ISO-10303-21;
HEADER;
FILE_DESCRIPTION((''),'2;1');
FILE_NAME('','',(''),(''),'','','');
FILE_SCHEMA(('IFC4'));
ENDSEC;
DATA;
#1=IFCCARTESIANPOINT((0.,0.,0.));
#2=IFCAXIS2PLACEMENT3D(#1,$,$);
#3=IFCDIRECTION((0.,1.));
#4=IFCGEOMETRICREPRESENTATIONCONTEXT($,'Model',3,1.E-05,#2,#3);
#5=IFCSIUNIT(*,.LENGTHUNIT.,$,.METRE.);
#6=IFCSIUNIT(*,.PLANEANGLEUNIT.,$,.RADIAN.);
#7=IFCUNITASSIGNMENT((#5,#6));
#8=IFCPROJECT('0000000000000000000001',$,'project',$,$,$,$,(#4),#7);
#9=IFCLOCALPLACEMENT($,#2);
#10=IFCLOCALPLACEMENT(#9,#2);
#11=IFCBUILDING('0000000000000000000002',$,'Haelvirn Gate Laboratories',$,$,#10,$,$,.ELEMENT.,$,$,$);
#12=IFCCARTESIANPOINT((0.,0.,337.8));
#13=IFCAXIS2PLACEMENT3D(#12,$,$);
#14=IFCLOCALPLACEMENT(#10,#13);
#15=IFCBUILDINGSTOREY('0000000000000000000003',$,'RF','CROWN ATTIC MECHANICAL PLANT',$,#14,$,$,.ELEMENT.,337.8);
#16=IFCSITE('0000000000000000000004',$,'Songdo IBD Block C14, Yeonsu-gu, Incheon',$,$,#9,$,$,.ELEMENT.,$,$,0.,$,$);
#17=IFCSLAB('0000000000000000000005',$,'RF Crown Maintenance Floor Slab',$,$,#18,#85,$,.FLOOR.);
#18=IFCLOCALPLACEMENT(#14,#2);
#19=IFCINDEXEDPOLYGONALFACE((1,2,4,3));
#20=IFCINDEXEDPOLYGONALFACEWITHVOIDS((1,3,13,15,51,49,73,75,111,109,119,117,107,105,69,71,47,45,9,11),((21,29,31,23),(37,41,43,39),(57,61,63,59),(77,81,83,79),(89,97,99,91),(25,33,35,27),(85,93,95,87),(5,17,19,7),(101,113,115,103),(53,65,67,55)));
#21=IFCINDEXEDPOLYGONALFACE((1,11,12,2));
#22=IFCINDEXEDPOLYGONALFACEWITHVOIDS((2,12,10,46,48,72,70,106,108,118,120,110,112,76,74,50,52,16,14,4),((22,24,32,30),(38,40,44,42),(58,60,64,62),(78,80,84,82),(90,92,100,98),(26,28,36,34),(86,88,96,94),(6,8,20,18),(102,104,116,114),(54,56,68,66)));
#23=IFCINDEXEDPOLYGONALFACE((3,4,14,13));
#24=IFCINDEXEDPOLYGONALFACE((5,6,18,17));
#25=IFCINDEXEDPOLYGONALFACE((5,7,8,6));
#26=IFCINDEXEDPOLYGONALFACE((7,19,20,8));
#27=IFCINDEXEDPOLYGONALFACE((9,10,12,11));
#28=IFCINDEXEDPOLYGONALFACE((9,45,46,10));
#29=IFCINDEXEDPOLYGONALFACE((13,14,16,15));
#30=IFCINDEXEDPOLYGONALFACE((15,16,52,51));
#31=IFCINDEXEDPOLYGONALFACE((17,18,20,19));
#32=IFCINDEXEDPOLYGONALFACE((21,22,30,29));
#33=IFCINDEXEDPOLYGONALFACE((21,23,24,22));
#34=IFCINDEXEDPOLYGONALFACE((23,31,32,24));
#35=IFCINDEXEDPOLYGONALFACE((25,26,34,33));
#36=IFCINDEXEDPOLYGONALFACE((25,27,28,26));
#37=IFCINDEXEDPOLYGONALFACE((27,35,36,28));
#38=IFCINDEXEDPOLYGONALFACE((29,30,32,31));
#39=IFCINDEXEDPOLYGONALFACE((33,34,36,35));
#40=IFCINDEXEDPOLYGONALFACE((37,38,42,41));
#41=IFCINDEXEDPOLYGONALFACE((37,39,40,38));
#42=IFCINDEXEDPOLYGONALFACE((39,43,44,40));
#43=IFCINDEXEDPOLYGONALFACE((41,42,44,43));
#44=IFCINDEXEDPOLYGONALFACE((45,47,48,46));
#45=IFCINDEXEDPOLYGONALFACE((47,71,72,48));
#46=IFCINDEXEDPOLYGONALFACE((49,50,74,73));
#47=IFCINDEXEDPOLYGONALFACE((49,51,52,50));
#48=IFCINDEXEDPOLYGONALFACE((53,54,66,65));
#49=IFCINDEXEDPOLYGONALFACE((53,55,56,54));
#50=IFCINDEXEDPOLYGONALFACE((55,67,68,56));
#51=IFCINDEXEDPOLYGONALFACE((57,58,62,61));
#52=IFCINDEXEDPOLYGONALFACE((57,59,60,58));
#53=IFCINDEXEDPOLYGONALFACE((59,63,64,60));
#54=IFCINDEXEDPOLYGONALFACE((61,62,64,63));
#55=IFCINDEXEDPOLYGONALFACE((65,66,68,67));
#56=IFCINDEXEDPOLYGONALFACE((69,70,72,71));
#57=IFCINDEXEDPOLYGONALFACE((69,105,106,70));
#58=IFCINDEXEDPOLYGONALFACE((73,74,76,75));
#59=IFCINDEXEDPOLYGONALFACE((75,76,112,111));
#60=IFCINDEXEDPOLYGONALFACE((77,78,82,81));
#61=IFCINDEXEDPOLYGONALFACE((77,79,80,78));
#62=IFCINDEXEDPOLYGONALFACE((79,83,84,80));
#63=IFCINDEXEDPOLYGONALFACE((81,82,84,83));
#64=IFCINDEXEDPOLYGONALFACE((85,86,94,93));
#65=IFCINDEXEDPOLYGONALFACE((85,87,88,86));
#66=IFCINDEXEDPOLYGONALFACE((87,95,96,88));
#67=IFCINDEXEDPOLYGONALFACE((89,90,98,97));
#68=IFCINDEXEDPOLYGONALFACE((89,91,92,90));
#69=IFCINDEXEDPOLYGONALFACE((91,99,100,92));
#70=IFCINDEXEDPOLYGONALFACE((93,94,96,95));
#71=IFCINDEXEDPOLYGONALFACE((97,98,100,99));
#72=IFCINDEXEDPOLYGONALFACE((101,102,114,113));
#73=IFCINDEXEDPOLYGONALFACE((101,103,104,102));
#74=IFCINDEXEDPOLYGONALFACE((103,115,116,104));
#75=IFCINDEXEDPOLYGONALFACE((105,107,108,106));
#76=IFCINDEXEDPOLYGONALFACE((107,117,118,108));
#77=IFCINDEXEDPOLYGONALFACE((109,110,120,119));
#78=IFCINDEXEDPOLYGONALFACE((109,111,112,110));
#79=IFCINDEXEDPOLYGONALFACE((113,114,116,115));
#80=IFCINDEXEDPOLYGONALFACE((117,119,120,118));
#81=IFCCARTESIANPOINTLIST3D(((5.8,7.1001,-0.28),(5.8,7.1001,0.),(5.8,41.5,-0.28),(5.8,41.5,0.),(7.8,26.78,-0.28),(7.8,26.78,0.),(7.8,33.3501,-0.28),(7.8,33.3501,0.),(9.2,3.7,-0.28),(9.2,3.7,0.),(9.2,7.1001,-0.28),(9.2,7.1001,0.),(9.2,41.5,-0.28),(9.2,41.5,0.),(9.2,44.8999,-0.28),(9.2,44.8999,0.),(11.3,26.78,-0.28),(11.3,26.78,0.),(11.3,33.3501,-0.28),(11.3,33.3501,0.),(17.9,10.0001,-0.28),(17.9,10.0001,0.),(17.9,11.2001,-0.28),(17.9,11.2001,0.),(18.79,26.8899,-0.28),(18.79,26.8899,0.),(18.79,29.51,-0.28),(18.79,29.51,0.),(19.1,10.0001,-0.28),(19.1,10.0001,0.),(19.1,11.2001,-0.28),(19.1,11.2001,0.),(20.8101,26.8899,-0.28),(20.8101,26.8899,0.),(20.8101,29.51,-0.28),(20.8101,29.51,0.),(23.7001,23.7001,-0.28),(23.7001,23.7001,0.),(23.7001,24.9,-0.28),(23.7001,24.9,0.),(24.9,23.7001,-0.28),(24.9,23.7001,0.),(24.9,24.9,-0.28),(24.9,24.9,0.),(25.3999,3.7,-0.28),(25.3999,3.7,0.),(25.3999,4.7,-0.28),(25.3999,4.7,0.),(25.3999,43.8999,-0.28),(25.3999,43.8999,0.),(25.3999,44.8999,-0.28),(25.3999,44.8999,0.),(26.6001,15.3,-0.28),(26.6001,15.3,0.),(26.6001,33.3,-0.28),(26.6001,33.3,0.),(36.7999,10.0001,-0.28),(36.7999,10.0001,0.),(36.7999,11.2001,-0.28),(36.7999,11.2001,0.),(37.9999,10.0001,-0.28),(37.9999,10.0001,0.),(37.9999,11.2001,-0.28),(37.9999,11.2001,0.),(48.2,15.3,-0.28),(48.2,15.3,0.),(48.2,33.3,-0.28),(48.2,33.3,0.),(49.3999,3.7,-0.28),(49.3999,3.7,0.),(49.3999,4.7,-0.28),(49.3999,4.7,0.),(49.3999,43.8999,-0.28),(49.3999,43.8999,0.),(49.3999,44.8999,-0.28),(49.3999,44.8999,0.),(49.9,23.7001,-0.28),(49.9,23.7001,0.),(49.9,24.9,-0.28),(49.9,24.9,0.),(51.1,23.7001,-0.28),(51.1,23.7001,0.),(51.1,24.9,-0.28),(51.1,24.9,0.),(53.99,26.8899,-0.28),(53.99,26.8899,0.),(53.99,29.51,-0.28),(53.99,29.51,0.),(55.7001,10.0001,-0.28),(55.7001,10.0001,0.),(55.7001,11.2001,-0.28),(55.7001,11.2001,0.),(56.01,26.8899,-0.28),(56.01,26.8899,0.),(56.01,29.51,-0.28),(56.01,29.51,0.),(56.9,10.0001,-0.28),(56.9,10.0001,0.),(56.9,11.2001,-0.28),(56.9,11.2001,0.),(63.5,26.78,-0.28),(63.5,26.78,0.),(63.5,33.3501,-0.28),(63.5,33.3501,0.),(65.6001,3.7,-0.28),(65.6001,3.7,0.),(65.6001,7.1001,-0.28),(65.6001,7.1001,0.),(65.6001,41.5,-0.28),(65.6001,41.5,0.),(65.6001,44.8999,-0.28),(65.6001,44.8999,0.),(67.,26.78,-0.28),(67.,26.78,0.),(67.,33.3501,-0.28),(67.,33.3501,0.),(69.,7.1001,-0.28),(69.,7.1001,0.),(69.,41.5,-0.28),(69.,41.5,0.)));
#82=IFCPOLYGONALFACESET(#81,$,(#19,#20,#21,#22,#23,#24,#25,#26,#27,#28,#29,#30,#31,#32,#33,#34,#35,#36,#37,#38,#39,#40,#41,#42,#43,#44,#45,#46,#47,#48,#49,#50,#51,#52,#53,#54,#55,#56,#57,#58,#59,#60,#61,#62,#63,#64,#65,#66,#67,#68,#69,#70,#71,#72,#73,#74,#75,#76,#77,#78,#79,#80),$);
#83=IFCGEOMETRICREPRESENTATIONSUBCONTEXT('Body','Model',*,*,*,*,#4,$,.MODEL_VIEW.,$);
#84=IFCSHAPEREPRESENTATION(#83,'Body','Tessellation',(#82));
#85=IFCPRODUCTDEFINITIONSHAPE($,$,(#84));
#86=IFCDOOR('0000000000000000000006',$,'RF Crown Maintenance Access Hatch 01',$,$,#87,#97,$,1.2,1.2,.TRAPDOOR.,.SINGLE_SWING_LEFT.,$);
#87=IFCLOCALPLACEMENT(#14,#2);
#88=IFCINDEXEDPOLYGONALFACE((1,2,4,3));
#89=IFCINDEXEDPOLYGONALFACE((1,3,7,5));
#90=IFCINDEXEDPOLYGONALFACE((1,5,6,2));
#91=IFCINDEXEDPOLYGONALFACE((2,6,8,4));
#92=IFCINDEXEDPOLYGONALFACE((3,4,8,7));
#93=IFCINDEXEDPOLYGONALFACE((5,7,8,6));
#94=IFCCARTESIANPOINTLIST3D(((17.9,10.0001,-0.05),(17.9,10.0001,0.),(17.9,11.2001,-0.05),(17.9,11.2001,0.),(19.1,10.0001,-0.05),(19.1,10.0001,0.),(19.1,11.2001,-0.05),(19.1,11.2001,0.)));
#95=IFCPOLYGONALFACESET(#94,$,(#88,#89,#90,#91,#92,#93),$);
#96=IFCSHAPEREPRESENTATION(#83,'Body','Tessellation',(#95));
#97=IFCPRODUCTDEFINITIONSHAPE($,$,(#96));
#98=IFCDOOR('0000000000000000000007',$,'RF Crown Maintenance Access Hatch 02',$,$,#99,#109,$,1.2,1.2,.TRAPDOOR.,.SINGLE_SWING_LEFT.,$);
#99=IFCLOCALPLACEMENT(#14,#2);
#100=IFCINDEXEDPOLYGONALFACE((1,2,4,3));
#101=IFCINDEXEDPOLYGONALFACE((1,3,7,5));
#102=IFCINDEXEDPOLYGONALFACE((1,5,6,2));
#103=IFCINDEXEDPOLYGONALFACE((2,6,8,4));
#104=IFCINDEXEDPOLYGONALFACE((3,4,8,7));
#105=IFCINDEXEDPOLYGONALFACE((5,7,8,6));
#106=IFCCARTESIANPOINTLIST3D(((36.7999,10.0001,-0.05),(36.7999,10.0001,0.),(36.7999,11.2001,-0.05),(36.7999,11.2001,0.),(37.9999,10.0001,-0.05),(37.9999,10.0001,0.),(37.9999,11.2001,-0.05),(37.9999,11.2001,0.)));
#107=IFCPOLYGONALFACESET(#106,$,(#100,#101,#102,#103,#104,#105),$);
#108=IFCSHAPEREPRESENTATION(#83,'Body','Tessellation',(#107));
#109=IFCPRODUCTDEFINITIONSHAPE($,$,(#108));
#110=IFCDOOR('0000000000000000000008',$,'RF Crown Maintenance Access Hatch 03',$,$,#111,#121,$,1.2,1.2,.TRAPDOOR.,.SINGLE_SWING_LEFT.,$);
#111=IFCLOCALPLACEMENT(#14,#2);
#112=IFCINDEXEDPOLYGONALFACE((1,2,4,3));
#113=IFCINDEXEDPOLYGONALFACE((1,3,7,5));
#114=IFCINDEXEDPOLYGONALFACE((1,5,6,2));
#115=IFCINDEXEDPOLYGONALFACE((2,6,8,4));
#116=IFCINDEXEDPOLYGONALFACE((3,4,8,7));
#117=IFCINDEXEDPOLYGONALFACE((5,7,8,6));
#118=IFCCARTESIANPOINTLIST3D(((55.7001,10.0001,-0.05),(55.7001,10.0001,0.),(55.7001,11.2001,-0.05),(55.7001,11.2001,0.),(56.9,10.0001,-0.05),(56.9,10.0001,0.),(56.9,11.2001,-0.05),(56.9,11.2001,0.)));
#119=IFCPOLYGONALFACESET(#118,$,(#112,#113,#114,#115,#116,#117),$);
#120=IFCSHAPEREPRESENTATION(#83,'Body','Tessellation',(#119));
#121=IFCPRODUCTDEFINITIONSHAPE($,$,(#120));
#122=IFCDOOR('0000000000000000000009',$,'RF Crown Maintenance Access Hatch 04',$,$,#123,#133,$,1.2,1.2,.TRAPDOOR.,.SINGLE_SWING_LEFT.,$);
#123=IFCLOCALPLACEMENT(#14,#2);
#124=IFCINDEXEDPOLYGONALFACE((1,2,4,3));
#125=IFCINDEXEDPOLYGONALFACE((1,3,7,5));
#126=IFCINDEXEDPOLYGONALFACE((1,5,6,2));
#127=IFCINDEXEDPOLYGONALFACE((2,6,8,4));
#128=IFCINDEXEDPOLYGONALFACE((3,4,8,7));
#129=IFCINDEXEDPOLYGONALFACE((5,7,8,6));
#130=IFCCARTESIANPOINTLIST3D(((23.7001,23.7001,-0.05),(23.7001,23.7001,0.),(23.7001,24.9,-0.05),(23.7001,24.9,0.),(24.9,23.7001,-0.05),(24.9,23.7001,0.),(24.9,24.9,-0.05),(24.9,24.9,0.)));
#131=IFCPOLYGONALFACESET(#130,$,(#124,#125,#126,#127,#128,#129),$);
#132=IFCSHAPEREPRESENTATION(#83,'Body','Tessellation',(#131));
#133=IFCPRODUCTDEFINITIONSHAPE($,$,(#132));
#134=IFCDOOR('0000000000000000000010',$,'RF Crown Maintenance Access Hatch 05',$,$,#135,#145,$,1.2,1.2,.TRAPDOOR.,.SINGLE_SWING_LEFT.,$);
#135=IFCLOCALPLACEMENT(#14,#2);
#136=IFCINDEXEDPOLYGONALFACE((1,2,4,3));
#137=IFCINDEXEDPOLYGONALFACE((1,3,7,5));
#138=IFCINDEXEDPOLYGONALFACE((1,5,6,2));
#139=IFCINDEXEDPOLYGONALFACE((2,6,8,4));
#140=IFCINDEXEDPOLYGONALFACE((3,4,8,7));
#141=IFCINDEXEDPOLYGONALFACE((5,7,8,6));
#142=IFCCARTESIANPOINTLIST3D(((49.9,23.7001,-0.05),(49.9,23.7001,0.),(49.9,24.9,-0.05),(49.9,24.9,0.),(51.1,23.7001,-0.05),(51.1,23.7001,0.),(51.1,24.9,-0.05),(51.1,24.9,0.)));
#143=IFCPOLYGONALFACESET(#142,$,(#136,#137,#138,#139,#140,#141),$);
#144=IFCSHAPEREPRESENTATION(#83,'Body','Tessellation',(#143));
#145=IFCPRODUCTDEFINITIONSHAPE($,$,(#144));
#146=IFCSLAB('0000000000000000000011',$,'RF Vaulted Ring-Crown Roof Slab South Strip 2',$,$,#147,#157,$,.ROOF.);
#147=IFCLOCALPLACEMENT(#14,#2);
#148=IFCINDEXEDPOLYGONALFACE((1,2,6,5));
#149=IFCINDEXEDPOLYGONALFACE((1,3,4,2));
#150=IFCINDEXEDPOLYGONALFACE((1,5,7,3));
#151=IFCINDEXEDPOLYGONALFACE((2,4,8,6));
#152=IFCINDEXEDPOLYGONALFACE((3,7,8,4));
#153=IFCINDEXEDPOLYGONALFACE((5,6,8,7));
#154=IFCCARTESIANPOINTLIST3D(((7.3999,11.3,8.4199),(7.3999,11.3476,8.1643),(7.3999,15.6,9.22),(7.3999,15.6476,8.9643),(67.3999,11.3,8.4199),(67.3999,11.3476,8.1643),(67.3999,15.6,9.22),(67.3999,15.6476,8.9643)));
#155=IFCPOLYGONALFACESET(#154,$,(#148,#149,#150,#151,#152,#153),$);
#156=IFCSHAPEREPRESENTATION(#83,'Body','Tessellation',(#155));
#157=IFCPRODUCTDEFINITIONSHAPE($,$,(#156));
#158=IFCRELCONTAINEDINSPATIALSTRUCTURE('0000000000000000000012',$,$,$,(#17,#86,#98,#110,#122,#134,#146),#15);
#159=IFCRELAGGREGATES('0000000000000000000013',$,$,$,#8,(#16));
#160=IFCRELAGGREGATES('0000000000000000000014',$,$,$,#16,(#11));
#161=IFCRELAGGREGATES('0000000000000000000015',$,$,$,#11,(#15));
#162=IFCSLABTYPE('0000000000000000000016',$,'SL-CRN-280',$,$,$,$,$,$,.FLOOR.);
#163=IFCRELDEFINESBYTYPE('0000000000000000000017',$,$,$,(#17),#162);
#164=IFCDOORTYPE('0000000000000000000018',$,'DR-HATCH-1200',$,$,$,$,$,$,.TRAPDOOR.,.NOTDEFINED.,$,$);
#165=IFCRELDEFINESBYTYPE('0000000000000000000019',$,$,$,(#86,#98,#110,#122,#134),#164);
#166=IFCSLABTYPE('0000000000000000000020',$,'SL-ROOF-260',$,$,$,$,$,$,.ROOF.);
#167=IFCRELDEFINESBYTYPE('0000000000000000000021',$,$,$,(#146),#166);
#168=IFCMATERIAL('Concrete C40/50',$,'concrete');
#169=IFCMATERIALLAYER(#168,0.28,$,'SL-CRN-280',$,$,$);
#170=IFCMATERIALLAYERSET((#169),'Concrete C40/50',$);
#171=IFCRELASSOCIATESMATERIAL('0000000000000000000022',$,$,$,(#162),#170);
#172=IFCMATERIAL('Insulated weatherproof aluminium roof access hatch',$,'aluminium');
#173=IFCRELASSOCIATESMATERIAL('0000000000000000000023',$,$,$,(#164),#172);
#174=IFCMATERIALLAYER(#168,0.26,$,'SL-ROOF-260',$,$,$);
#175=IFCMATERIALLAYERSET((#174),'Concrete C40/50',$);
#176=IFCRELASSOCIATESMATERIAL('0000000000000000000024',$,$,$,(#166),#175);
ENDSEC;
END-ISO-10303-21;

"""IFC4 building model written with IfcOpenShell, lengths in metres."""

from ifc_helpers import new_model, si_unit, direction, frame, origin, origin_2d, place, context, subcontext, project, spatial, polyline, rectangle, outline, extrude, material, layer, layer_set, type_object, element, fill, save


model = new_model("IFC4")

# Units and contexts
model_context = context("Model", 3, precision=1e-05, world=origin(), true_north=direction((0.0, 1.0)))
body_context = subcontext(model_context, "Body", "Model", "MODEL_VIEW")
ifc_project = project(units=[si_unit("LENGTHUNIT", "METRE"), si_unit("PLANEANGLEUNIT", "RADIAN")], contexts=[model_context])

# Site, building, storey
site_placement = place(None, origin())
site = spatial("IfcSite", under=ifc_project, at=site_placement, Name="Songdo IBD Block C14, Yeonsu-gu, Incheon", CompositionType="ELEMENT", RefElevation=0.0)
building_placement = place(site_placement, origin())
building = spatial("IfcBuilding", under=site, at=building_placement, Name="Haelvirn Gate Laboratories", CompositionType="ELEMENT")
storey_placement = place(building_placement, frame((0.0, 0.0, 337.8)))
storey = spatial("IfcBuildingStorey", under=building, at=storey_placement, Name="RF", Description="CROWN ATTIC MECHANICAL PLANT", CompositionType="ELEMENT", Elevation=337.8)

# Slab, openings, doors
ifc_material_1 = material(Name="Concrete C40/50", Category="concrete")
ifc_layer_1 = layer(ifc_material_1, 0.28, Name="SL-CRN-280")
ifc_layer_set_1 = layer_set([ifc_layer_1], Name="Concrete C40/50")
slab_type_1 = type_object("IfcSlabType", Name="SL-CRN-280", PredefinedType="FLOOR", material=ifc_layer_set_1)
slab_1_placement = place(storey_placement, frame((0.0, 0.0, -0.28)))
slab_1 = element("IfcSlab", 1, at=slab_1_placement, inside=storey, type_object=slab_type_1, Name="RF Crown Maintenance Floor Slab", PredefinedType="FLOOR", context=body_context, shape_type="SweptSolid", body=[
    extrude(outline(polyline([(9.2, 3.7), (25.3999, 3.7), (25.3999, 4.7), (49.3999, 4.7), (49.3999, 3.7), (65.6001, 3.7), (65.6001, 7.1001), (69.0, 7.1001), (69.0, 41.5), (65.6001, 41.5), (65.6001, 44.8999), (49.3999, 44.8999), (49.3999, 43.8999), (25.3999, 43.8999), (25.3999, 44.8999), (9.2, 44.8999), (9.2, 41.5), (5.8, 41.5), (5.8, 7.1001), (9.2, 7.1001), (9.2, 3.7)]), holes=[polyline([(26.6001, 15.3), (48.2, 15.3), (48.2, 33.3), (26.6001, 33.3), (26.6001, 15.3)]), polyline([(11.3, 26.78), (11.3, 33.3501), (7.8, 33.3501), (7.8, 26.78), (11.3, 26.78)]), polyline([(67.0, 26.78), (67.0, 33.3501), (63.5, 33.3501), (63.5, 26.78), (67.0, 26.78)]), polyline([(18.79, 26.8899), (20.8101, 26.8899), (20.8101, 29.51), (18.79, 29.51), (18.79, 26.8899)]), polyline([(53.99, 26.8899), (56.01, 26.8899), (56.01, 29.51), (53.99, 29.51), (53.99, 26.8899)])]), origin(), (0.0, 0.0, 1.0), 0.28),
])
opening_1_placement = place(slab_1_placement, frame((18.5, 10.6001, -0.01)))
opening_1 = element("IfcOpeningElement", 2, at=opening_1_placement, cuts=slab_1, PredefinedType="OPENING", context=body_context, shape_type="SweptSolid", body=[
    extrude(rectangle(XDim=1.2, YDim=1.2, at=origin_2d()), origin(), (0.0, 0.0, 1.0), 0.3),
])
opening_2_placement = place(slab_1_placement, frame((37.3999, 10.6001, -0.01)))
opening_2 = element("IfcOpeningElement", 3, at=opening_2_placement, cuts=slab_1, PredefinedType="OPENING", context=body_context, shape_type="SweptSolid", body=[
    extrude(rectangle(XDim=1.2, YDim=1.2, at=origin_2d()), origin(), (0.0, 0.0, 1.0), 0.3),
])
opening_3_placement = place(slab_1_placement, frame((56.3, 10.6001, -0.01)))
opening_3 = element("IfcOpeningElement", 4, at=opening_3_placement, cuts=slab_1, PredefinedType="OPENING", context=body_context, shape_type="SweptSolid", body=[
    extrude(rectangle(XDim=1.2, YDim=1.2, at=origin_2d()), origin(), (0.0, 0.0, 1.0), 0.3),
])
opening_4_placement = place(slab_1_placement, frame((24.3, 24.3, -0.01)))
opening_4 = element("IfcOpeningElement", 5, at=opening_4_placement, cuts=slab_1, PredefinedType="OPENING", context=body_context, shape_type="SweptSolid", body=[
    extrude(rectangle(XDim=1.2, YDim=1.2, at=origin_2d()), origin(), (0.0, 0.0, 1.0), 0.3),
])
opening_5_placement = place(slab_1_placement, frame((50.5, 24.3, -0.01)))
opening_5 = element("IfcOpeningElement", 6, at=opening_5_placement, cuts=slab_1, PredefinedType="OPENING", context=body_context, shape_type="SweptSolid", body=[
    extrude(rectangle(XDim=1.2, YDim=1.2, at=origin_2d()), origin(), (0.0, 0.0, 1.0), 0.3),
])
ifc_material_2 = material(Name="Insulated weatherproof aluminium roof access hatch", Category="aluminium")
door_type = type_object("IfcDoorType", Name="DR-HATCH-1200", OperationType="NOTDEFINED", PredefinedType="TRAPDOOR", material=ifc_material_2)
door_1_placement = place(slab_1_placement, frame((18.5, 10.6001, 0.23)))
door_1 = element("IfcDoor", 7, at=door_1_placement, inside=storey, type_object=door_type, Name="RF Crown Maintenance Access Hatch 01", OperationType="SINGLE_SWING_LEFT", OverallHeight=1.2, OverallWidth=1.2, PredefinedType="TRAPDOOR", context=body_context, shape_type="SweptSolid", body=[
    extrude(rectangle(XDim=1.2, YDim=1.2, at=origin_2d()), origin(), (0.0, 0.0, 1.0), 0.05),
])
fill(opening_1, door_1)
door_2_placement = place(slab_1_placement, frame((37.3999, 10.6001, 0.23)))
door_2 = element("IfcDoor", 8, at=door_2_placement, inside=storey, type_object=door_type, Name="RF Crown Maintenance Access Hatch 02", OperationType="SINGLE_SWING_LEFT", OverallHeight=1.2, OverallWidth=1.2, PredefinedType="TRAPDOOR", context=body_context, shape_type="SweptSolid", body=[
    extrude(rectangle(XDim=1.2, YDim=1.2, at=origin_2d()), origin(), (0.0, 0.0, 1.0), 0.05),
])
fill(opening_2, door_2)
door_3_placement = place(slab_1_placement, frame((56.3, 10.6001, 0.23)))
door_3 = element("IfcDoor", 9, at=door_3_placement, inside=storey, type_object=door_type, Name="RF Crown Maintenance Access Hatch 03", OperationType="SINGLE_SWING_LEFT", OverallHeight=1.2, OverallWidth=1.2, PredefinedType="TRAPDOOR", context=body_context, shape_type="SweptSolid", body=[
    extrude(rectangle(XDim=1.2, YDim=1.2, at=origin_2d()), origin(), (0.0, 0.0, 1.0), 0.05),
])
fill(opening_3, door_3)
door_4_placement = place(slab_1_placement, frame((24.3, 24.3, 0.23)))
door_4 = element("IfcDoor", 10, at=door_4_placement, inside=storey, type_object=door_type, Name="RF Crown Maintenance Access Hatch 04", OperationType="SINGLE_SWING_LEFT", OverallHeight=1.2, OverallWidth=1.2, PredefinedType="TRAPDOOR", context=body_context, shape_type="SweptSolid", body=[
    extrude(rectangle(XDim=1.2, YDim=1.2, at=origin_2d()), origin(), (0.0, 0.0, 1.0), 0.05),
])
fill(opening_4, door_4)
door_5_placement = place(slab_1_placement, frame((50.5, 24.3, 0.23)))
door_5 = element("IfcDoor", 11, at=door_5_placement, inside=storey, type_object=door_type, Name="RF Crown Maintenance Access Hatch 05", OperationType="SINGLE_SWING_LEFT", OverallHeight=1.2, OverallWidth=1.2, PredefinedType="TRAPDOOR", context=body_context, shape_type="SweptSolid", body=[
    extrude(rectangle(XDim=1.2, YDim=1.2, at=origin_2d()), origin(), (0.0, 0.0, 1.0), 0.05),
])
fill(opening_5, door_5)

# Slab
ifc_layer_2 = layer(ifc_material_1, 0.26, Name="SL-ROOF-260")
ifc_layer_set_2 = layer_set([ifc_layer_2], Name="Concrete C40/50")
slab_type_2 = type_object("IfcSlabType", Name="SL-ROOF-260", PredefinedType="ROOF", material=ifc_layer_set_2)
slab_2_placement = place(storey_placement, frame((7.3999, 11.3, 8.4199), z_axis=(0.0, -0.182917, 0.983128), x_axis=(1.0, 0.0, 0.0)))
element("IfcSlab", 12, at=slab_2_placement, inside=storey, type_object=slab_type_2, Name="RF Vaulted Ring-Crown Roof Slab South Strip 2", PredefinedType="ROOF", context=body_context, shape_type="SweptSolid", body=[
    extrude(outline(polyline([(0.0, 0.0), (60.0, 0.0), (60.0, 4.3738), (0.0, 4.3738), (0.0, 0.0)])), origin(), (0.0, 0.0, -1.0), 0.26),
])

save(model, "model.ifc")
